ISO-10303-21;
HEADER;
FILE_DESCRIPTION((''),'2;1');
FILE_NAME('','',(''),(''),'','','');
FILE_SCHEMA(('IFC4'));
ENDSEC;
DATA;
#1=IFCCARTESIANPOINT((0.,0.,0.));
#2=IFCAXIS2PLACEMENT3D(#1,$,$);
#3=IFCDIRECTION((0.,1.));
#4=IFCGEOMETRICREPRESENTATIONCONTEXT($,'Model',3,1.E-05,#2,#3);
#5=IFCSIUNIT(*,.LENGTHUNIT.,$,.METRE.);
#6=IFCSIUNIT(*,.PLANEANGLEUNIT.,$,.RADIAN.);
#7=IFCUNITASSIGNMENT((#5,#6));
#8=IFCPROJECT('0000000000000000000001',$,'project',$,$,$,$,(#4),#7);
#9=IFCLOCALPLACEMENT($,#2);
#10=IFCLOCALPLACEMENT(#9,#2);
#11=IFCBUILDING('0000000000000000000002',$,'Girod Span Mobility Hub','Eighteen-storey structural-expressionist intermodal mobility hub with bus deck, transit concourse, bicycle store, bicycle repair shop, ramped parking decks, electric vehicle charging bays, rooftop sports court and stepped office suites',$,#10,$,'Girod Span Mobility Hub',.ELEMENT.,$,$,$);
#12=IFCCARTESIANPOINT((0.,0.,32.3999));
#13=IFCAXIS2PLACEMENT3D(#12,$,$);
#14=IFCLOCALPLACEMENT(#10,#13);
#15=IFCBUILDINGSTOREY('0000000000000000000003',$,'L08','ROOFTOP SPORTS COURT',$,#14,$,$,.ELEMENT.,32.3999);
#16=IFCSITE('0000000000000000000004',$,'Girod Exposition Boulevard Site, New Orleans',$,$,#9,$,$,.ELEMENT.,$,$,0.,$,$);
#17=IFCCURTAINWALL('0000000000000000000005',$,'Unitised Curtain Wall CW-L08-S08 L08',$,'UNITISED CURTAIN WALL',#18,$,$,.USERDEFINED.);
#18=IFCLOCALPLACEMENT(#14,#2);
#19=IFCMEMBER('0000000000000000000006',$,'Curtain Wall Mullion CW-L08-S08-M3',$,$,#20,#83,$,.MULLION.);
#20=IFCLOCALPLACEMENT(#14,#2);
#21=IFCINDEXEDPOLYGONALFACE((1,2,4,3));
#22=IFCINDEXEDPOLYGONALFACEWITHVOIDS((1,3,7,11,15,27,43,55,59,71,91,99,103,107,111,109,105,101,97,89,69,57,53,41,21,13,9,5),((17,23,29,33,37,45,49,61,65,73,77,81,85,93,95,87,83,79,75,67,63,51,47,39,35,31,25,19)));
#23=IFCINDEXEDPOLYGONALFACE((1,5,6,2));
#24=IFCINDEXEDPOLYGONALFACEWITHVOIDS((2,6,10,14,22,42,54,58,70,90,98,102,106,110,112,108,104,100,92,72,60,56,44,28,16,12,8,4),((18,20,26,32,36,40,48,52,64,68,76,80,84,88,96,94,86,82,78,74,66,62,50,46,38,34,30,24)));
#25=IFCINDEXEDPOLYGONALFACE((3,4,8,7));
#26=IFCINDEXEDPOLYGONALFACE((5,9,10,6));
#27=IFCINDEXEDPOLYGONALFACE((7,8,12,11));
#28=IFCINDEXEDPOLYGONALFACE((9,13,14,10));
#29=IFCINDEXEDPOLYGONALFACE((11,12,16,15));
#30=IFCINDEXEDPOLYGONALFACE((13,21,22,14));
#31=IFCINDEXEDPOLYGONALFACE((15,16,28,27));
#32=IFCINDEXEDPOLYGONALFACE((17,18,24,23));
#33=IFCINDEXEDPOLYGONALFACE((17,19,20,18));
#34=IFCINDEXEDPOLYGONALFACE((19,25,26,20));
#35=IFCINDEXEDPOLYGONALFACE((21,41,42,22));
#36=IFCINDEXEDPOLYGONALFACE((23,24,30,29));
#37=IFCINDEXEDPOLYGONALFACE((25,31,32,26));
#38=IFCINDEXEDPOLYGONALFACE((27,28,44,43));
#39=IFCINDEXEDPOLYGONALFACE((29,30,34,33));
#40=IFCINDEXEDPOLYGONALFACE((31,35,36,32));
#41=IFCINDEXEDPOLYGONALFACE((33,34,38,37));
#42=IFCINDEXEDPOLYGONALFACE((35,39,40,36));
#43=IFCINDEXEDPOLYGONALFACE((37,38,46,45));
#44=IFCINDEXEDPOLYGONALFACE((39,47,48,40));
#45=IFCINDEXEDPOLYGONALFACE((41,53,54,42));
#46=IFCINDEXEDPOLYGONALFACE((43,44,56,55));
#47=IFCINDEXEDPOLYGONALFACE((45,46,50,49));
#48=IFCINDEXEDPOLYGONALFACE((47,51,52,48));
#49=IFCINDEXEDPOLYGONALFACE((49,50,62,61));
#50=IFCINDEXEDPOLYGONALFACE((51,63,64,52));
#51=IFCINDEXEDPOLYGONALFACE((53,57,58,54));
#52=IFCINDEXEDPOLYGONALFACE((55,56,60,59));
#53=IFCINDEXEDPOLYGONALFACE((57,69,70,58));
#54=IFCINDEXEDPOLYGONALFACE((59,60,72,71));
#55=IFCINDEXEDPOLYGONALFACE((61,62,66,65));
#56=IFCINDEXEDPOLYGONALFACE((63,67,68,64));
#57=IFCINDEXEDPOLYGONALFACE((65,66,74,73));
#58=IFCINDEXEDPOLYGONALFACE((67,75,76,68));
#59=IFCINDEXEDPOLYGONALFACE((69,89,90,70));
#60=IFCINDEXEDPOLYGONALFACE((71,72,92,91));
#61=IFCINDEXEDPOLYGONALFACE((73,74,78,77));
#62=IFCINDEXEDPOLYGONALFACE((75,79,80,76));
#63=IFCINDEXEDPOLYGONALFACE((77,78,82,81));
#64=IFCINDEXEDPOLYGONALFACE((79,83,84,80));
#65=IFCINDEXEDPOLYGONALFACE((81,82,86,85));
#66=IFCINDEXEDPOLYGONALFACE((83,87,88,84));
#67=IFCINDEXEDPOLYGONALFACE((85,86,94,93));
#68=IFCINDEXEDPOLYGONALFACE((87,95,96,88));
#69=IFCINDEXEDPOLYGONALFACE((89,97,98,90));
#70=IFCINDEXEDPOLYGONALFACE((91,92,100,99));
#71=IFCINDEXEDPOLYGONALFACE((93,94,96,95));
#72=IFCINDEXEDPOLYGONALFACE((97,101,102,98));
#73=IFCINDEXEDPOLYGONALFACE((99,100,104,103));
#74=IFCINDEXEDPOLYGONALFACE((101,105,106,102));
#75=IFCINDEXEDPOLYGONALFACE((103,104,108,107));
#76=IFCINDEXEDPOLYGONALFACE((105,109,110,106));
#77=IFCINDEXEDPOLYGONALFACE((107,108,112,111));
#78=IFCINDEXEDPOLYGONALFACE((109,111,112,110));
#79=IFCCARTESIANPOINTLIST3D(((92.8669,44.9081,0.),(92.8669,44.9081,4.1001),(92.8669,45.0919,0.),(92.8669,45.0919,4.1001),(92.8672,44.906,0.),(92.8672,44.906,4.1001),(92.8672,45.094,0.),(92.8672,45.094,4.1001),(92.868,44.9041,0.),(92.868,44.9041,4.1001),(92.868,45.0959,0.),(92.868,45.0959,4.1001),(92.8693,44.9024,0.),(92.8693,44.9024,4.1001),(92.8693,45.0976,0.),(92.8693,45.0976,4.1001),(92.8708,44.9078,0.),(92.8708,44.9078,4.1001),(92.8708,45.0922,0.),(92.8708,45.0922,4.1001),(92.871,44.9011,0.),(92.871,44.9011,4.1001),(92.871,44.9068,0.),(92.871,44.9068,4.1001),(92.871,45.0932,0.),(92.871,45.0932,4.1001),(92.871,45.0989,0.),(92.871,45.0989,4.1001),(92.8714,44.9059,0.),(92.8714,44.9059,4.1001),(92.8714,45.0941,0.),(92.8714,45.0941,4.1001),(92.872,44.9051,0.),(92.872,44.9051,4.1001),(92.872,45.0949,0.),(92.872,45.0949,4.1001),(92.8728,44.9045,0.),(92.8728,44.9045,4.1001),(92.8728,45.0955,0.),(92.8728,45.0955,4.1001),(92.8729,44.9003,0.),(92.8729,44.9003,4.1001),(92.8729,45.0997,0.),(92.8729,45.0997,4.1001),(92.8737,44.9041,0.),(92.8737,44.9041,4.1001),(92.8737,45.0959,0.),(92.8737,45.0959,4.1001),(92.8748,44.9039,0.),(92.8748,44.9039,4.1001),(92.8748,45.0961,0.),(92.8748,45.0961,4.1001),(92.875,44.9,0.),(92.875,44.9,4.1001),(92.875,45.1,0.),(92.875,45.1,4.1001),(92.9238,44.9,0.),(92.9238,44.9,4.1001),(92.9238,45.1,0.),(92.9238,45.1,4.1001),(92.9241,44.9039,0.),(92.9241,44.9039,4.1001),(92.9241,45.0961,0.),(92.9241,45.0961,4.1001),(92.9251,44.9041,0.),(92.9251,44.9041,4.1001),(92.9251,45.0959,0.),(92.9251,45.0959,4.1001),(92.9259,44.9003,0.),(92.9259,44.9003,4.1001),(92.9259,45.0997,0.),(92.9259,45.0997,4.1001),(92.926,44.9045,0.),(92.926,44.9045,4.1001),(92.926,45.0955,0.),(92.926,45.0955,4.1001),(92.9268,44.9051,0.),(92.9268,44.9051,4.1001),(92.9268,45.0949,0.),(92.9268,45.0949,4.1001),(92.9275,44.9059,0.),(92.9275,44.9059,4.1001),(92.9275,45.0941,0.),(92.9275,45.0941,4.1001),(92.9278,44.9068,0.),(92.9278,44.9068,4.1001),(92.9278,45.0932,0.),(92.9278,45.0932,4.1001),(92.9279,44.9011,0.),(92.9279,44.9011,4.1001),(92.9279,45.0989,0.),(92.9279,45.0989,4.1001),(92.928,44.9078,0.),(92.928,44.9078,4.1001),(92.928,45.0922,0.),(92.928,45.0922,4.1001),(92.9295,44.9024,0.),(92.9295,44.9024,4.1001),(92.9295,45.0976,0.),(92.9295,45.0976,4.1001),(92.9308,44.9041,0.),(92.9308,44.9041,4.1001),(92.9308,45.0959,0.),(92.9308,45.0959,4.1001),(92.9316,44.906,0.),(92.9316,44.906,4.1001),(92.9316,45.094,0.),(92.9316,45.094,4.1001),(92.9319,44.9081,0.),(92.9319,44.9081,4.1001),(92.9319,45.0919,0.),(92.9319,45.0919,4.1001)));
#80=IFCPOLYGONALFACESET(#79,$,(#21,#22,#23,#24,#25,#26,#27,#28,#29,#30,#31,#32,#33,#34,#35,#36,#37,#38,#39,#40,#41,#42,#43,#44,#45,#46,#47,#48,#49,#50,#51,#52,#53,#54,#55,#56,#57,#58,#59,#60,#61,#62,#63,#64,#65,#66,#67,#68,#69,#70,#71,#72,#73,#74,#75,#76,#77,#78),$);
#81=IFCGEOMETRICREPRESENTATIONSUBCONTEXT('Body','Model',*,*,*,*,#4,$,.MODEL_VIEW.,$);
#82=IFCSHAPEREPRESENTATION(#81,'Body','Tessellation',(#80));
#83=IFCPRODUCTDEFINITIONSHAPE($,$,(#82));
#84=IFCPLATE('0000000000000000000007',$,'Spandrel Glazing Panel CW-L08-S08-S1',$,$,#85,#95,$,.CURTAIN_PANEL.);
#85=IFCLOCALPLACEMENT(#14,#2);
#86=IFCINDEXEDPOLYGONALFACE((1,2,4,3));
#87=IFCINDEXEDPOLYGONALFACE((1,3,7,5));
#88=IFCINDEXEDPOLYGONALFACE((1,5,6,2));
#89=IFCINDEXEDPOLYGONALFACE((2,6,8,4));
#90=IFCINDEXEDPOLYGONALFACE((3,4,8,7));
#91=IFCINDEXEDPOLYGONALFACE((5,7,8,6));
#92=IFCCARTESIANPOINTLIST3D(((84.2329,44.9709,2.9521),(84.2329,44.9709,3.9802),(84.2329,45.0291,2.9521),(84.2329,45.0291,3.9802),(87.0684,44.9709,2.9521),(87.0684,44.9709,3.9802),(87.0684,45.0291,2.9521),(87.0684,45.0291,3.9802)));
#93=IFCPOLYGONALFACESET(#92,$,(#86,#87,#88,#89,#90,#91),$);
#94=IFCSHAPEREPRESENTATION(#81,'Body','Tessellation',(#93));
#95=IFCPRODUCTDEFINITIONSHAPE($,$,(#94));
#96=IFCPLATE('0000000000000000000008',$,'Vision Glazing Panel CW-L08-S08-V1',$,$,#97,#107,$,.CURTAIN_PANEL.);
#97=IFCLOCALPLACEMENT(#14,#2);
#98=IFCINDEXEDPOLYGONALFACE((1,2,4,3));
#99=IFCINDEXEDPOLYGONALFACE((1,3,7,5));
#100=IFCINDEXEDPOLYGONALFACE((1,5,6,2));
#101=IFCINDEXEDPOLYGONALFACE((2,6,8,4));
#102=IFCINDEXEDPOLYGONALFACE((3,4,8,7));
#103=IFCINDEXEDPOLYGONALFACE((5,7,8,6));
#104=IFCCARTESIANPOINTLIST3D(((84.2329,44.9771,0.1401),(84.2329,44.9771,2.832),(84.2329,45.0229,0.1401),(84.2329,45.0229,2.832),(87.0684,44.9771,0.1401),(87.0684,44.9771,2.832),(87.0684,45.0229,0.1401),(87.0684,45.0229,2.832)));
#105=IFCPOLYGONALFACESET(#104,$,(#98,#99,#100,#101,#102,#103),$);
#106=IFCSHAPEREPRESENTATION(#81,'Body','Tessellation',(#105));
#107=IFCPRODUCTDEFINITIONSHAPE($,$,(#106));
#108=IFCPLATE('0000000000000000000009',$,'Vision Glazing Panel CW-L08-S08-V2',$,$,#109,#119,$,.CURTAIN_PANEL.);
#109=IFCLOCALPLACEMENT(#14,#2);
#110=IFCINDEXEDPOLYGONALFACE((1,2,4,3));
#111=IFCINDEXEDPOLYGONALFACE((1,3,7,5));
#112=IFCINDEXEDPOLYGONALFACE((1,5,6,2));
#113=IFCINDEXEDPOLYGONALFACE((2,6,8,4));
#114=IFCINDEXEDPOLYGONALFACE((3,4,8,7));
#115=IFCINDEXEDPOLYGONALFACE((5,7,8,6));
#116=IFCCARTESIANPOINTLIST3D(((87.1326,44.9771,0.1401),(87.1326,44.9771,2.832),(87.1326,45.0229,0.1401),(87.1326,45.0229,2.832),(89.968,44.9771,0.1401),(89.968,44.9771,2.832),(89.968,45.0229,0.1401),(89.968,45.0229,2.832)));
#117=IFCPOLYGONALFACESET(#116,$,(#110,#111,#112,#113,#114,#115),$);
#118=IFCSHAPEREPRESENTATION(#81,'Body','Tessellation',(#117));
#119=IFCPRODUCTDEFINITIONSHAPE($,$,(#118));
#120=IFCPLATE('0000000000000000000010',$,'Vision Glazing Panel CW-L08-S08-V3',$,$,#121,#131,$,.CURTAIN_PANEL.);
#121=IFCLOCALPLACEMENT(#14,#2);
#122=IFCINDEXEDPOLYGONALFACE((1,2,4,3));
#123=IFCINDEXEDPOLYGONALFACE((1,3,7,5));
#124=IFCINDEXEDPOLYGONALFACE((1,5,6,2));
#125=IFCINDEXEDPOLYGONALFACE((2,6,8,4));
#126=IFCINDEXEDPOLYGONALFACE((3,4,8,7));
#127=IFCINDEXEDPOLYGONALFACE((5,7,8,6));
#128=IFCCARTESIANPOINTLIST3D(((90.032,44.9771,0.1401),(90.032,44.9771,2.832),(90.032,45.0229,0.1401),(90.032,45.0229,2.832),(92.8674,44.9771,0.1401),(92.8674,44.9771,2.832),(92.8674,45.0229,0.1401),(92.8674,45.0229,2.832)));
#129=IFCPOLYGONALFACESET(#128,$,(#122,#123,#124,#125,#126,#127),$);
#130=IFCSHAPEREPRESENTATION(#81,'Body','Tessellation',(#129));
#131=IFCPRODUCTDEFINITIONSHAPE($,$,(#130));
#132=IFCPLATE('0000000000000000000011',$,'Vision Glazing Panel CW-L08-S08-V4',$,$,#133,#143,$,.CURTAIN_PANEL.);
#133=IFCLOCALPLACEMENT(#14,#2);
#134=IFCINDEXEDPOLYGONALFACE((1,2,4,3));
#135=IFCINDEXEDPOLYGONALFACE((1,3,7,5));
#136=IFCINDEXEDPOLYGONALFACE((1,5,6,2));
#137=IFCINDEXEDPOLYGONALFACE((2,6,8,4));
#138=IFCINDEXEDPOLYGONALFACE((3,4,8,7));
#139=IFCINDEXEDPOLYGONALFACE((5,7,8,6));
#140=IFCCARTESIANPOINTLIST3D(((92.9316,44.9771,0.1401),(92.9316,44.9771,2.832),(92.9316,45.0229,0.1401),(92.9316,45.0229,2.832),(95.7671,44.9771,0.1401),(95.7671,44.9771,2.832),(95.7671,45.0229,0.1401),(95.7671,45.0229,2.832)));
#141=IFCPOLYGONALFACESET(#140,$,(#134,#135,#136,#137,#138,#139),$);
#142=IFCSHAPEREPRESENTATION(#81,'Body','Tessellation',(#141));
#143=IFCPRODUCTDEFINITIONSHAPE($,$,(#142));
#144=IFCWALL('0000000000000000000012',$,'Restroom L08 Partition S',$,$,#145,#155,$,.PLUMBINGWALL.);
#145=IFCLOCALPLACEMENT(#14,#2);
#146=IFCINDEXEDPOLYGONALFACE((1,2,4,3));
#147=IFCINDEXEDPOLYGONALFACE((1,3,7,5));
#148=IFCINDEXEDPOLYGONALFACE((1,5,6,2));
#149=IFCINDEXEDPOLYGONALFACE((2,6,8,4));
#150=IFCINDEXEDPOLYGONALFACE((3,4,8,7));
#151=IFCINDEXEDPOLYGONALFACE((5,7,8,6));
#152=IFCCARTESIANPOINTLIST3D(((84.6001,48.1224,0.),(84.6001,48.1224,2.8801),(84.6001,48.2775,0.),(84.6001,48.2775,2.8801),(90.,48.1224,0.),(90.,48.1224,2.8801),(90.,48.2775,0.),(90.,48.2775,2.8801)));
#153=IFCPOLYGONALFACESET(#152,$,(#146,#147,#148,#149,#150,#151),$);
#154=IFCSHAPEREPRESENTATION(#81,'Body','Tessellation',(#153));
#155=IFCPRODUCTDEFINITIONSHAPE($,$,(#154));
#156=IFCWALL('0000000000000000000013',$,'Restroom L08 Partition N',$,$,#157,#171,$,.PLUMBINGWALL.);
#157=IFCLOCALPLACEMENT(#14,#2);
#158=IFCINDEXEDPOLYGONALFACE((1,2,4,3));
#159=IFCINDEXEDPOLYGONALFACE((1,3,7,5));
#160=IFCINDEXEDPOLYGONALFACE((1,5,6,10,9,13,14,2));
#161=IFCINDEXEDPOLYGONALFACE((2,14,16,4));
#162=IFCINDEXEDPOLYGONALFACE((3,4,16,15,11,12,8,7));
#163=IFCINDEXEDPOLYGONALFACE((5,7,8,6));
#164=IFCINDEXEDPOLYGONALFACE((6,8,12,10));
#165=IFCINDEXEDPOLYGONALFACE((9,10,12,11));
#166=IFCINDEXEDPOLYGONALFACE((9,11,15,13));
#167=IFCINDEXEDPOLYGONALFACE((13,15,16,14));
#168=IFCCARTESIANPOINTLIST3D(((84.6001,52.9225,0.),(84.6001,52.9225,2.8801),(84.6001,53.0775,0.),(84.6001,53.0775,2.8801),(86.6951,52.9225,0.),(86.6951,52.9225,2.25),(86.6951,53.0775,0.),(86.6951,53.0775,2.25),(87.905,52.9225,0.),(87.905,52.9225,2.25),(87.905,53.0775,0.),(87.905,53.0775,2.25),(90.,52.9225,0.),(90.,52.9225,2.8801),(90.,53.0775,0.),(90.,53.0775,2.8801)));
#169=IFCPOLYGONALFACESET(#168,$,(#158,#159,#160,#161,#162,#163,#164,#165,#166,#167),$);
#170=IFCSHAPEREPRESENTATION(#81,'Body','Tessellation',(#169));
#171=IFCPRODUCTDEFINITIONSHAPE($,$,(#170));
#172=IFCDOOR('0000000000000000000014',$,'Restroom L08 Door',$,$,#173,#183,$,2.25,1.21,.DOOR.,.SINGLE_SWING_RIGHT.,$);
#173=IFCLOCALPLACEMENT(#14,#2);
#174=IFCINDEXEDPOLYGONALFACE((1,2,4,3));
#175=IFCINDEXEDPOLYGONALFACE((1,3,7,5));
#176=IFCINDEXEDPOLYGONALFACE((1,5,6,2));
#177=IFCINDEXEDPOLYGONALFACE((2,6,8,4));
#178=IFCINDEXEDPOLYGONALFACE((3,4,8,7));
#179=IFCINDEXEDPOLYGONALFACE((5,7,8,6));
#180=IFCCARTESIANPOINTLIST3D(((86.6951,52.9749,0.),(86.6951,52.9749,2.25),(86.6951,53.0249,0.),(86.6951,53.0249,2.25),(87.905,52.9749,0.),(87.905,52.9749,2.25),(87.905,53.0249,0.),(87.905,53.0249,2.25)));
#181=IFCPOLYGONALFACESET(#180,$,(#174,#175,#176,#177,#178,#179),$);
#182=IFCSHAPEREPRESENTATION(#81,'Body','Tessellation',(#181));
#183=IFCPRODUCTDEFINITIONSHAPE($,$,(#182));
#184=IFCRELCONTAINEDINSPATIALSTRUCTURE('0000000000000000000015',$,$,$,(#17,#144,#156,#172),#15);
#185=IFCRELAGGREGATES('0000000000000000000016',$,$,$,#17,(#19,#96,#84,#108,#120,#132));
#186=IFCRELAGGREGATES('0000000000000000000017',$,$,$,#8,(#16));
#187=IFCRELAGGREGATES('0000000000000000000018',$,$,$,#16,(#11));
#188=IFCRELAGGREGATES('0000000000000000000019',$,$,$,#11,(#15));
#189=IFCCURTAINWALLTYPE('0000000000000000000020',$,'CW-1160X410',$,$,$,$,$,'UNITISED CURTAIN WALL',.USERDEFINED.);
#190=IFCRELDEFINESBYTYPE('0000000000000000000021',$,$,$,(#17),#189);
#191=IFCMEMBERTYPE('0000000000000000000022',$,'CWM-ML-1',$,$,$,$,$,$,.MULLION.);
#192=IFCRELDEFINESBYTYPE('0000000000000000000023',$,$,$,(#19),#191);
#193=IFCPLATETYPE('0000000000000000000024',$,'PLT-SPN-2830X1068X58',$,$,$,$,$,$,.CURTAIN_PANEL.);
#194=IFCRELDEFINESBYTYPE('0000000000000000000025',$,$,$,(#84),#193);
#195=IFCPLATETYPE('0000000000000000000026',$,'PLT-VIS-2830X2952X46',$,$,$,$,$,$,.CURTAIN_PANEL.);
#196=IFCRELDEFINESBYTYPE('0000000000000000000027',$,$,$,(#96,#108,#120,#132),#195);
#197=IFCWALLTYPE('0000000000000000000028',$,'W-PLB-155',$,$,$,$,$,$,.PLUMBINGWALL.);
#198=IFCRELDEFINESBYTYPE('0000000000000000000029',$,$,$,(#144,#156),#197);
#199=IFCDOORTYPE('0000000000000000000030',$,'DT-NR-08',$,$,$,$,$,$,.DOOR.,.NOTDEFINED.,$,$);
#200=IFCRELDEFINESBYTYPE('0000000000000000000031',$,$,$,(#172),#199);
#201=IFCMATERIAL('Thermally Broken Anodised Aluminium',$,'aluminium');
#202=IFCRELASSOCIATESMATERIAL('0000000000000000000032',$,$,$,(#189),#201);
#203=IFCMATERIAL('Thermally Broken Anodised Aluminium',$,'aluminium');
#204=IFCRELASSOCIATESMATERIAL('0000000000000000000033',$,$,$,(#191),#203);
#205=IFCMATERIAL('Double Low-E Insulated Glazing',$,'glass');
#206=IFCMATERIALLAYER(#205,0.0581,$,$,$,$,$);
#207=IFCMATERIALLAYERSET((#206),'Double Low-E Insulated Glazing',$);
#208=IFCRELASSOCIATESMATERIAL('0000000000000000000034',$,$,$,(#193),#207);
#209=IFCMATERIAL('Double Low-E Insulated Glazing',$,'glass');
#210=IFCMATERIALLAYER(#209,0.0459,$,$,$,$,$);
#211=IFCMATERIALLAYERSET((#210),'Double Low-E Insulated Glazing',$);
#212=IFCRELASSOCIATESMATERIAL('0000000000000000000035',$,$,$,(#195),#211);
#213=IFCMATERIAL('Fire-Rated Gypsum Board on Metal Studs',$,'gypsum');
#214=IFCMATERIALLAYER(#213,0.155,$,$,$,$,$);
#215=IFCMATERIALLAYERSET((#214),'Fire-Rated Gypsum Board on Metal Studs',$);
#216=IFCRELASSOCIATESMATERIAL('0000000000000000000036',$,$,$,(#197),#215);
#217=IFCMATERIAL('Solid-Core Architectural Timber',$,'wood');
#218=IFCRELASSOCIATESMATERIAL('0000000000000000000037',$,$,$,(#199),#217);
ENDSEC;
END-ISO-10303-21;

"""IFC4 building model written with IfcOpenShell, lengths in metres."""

from ifc_helpers import new_model, si_unit, direction, frame, frame_2d, origin, origin_2d, place, context, subcontext, project, spatial, rectangle, hollow_rectangle, extrude, material, layer, layer_set, material_profile, profile_set, type_object, element, fill, aggregate, save


model = new_model("IFC4")

# Units and contexts
model_context = context("Model", 3, precision=1e-05, world=origin(), true_north=direction((0.0, 1.0)))
body_context = subcontext(model_context, "Body", "Model", "MODEL_VIEW")
ifc_project = project(units=[si_unit("LENGTHUNIT", "METRE"), si_unit("PLANEANGLEUNIT", "RADIAN")], contexts=[model_context])

# Site, building, storey
site_placement = place(None, origin())
site = spatial("IfcSite", under=ifc_project, at=site_placement, Name="Girod Exposition Boulevard Site, New Orleans", CompositionType="ELEMENT", RefElevation=0.0)
building_placement = place(site_placement, origin())
building = spatial("IfcBuilding", under=site, at=building_placement, Name="Girod Span Mobility Hub", Description="Eighteen-storey structural-expressionist intermodal mobility hub with bus deck, transit concourse, bicycle store, bicycle repair shop, ramped parking decks, electric vehicle charging bays, rooftop sports court and stepped office suites", LongName="Girod Span Mobility Hub", CompositionType="ELEMENT")
storey_placement = place(building_placement, frame((0.0, 0.0, 32.3999)))
storey = spatial("IfcBuildingStorey", under=building, at=storey_placement, Name="L08", Description="ROOFTOP SPORTS COURT", CompositionType="ELEMENT", Elevation=32.3999)

# Curtain wall, member, plates
ifc_material_1 = material(Name="Thermally Broken Anodised Aluminium", Category="aluminium")
curtain_wall_type = type_object("IfcCurtainWallType", Name="CW-1160X410", ElementType="UNITISED CURTAIN WALL", PredefinedType="USERDEFINED", material=ifc_material_1)
curtain_wall_placement = place(storey_placement, origin())
curtain_wall = element("IfcCurtainWall", 1, at=curtain_wall_placement, inside=storey, type_object=curtain_wall_type, Name="Unitised Curtain Wall CW-L08-S08 L08", ObjectType="UNITISED CURTAIN WALL", PredefinedType="USERDEFINED")
ifc_material_2 = material(Name="Thermally Broken Anodised Aluminium", Category="aluminium")
ifc_material_profile_1 = material_profile(ifc_material_2, hollow_rectangle(XDim=0.2, YDim=0.0649, WallThickness=0.0039, InnerFilletRadius=0.0039, OuterFilletRadius=0.0081, at=origin_2d()), Name="CW-ML-65X200")
ifc_profile_set_1 = profile_set([ifc_material_profile_1], Name="Thermally Broken Anodised Aluminium")
member_type = type_object("IfcMemberType", Name="CWM-ML-1", PredefinedType="MULLION", material=ifc_profile_set_1)
member_1_placement = place(storey_placement, frame((92.8994, 45.0, 0.0), z_axis=(0.0, 0.0, 1.0), x_axis=(0.0, 1.0, 0.0)))
member_1 = element("IfcMember", 2, at=member_1_placement, type_object=member_type, Name="Curtain Wall Mullion CW-L08-S08-M3", PredefinedType="MULLION", context=body_context, shape_type="SweptSolid", body=[
    extrude(hollow_rectangle(XDim=0.2, YDim=0.0649, WallThickness=0.0039, InnerFilletRadius=0.0039, OuterFilletRadius=0.0081, at=origin_2d()), origin(), (0.0, 0.0, 1.0), 4.1001),
])
ifc_material_3 = material(Name="Double Low-E Insulated Glazing", Category="glass")
ifc_layer_1 = layer(ifc_material_3, 0.0581)
ifc_layer_set_1 = layer_set([ifc_layer_1], Name="Double Low-E Insulated Glazing")
plate_type_1 = type_object("IfcPlateType", Name="PLT-SPN-2830X1068X58", PredefinedType="CURTAIN_PANEL", material=ifc_layer_set_1)
plate_1_placement = place(storey_placement, frame((85.6506, 45.0, 2.9521), z_axis=(0.0, 0.0, 1.0), x_axis=(1.0, 0.0, 0.0)))
plate_1 = element("IfcPlate", 3, at=plate_1_placement, type_object=plate_type_1, Name="Spandrel Glazing Panel CW-L08-S08-S1", PredefinedType="CURTAIN_PANEL", context=body_context, shape_type="SweptSolid", body=[
    extrude(rectangle(XDim=2.8354, YDim=0.0581, at=origin_2d()), origin(), (0.0, 0.0, 1.0), 1.0281),
])
ifc_material_4 = material(Name="Double Low-E Insulated Glazing", Category="glass")
ifc_layer_2 = layer(ifc_material_4, 0.0459)
ifc_layer_set_2 = layer_set([ifc_layer_2], Name="Double Low-E Insulated Glazing")
plate_type_2 = type_object("IfcPlateType", Name="PLT-VIS-2830X2952X46", PredefinedType="CURTAIN_PANEL", material=ifc_layer_set_2)
plate_2_placement = place(storey_placement, frame((85.6506, 45.0, 0.1401), z_axis=(0.0, 0.0, 1.0), x_axis=(1.0, 0.0, 0.0)))
plate_2 = element("IfcPlate", 4, at=plate_2_placement, type_object=plate_type_2, Name="Vision Glazing Panel CW-L08-S08-V1", PredefinedType="CURTAIN_PANEL", context=body_context, shape_type="SweptSolid", body=[
    extrude(rectangle(XDim=2.8354, YDim=0.0459, at=origin_2d()), origin(), (0.0, 0.0, 1.0), 2.6919),
])
plate_3_placement = place(storey_placement, frame((88.5503, 45.0, 0.1401), z_axis=(0.0, 0.0, 1.0), x_axis=(1.0, 0.0, 0.0)))
plate_3 = element("IfcPlate", 5, at=plate_3_placement, type_object=plate_type_2, Name="Vision Glazing Panel CW-L08-S08-V2", PredefinedType="CURTAIN_PANEL", context=body_context, shape_type="SweptSolid", body=[
    extrude(rectangle(XDim=2.8354, YDim=0.0459, at=origin_2d()), origin(), (0.0, 0.0, 1.0), 2.6919),
])
plate_4_placement = place(storey_placement, frame((91.4497, 45.0, 0.1401), z_axis=(0.0, 0.0, 1.0), x_axis=(1.0, 0.0, 0.0)))
plate_4 = element("IfcPlate", 6, at=plate_4_placement, type_object=plate_type_2, Name="Vision Glazing Panel CW-L08-S08-V3", PredefinedType="CURTAIN_PANEL", context=body_context, shape_type="SweptSolid", body=[
    extrude(rectangle(XDim=2.8354, YDim=0.0459, at=origin_2d()), origin(), (0.0, 0.0, 1.0), 2.6919),
])
plate_5_placement = place(storey_placement, frame((94.3494, 45.0, 0.1401), z_axis=(0.0, 0.0, 1.0), x_axis=(1.0, 0.0, 0.0)))
plate_5 = element("IfcPlate", 7, at=plate_5_placement, type_object=plate_type_2, Name="Vision Glazing Panel CW-L08-S08-V4", PredefinedType="CURTAIN_PANEL", context=body_context, shape_type="SweptSolid", body=[
    extrude(rectangle(XDim=2.8354, YDim=0.0459, at=origin_2d()), origin(), (0.0, 0.0, 1.0), 2.6919),
])
aggregate(curtain_wall, [member_1, plate_2, plate_1, plate_3, plate_4, plate_5])

# Wall
ifc_material_5 = material(Name="Fire-Rated Gypsum Board on Metal Studs", Category="gypsum")
ifc_layer_3 = layer(ifc_material_5, 0.155)
ifc_layer_set_3 = layer_set([ifc_layer_3], Name="Fire-Rated Gypsum Board on Metal Studs")
wall_type = type_object("IfcWallType", Name="W-PLB-155", PredefinedType="PLUMBINGWALL", material=ifc_layer_set_3)
wall_1_placement = place(storey_placement, frame((84.6001, 48.2, 0.0), z_axis=(0.0, 0.0, 1.0), x_axis=(1.0, 0.0, 0.0)))
element("IfcWall", 8, at=wall_1_placement, inside=storey, type_object=wall_type, Name="Restroom L08 Partition S", PredefinedType="PLUMBINGWALL", context=body_context, shape_type="SweptSolid", body=[
    extrude(rectangle(XDim=5.3999, YDim=0.155, at=frame_2d((2.7, 0.0))), origin(), (0.0, 0.0, 1.0), 2.8801),
])

# Wall, opening, door
wall_2_placement = place(storey_placement, frame((84.6001, 53.0, 0.0), z_axis=(0.0, 0.0, 1.0), x_axis=(1.0, 0.0, 0.0)))
wall_2 = element("IfcWall", 9, at=wall_2_placement, inside=storey, type_object=wall_type, Name="Restroom L08 Partition N", PredefinedType="PLUMBINGWALL", context=body_context, shape_type="SweptSolid", body=[
    extrude(rectangle(XDim=5.3999, YDim=0.155, at=frame_2d((2.7, 0.0))), origin(), (0.0, 0.0, 1.0), 2.8801),
])
opening_1_placement = place(wall_2_placement, frame((2.095, 0.0, 0.0)))
opening_1 = element("IfcOpeningElement", 10, at=opening_1_placement, cuts=wall_2, PredefinedType="OPENING", context=body_context, shape_type="SweptSolid", body=[
    extrude(rectangle(XDim=1.21, YDim=2.25, at=frame_2d((0.605, 1.125))), frame((0.0, 0.0925, 0.0), z_axis=(0.0, -1.0, 0.0), x_axis=(1.0, 0.0, 0.0)), (0.0, 0.0, 1.0), 0.1851),
])
ifc_material_6 = material(Name="Solid-Core Architectural Timber", Category="wood")
door_type_1 = type_object("IfcDoorType", Name="DT-NR-08", OperationType="NOTDEFINED", PredefinedType="DOOR", material=ifc_material_6)
door_1_placement = place(opening_1_placement, origin())
door_1 = element("IfcDoor", 11, at=door_1_placement, inside=storey, type_object=door_type_1, Name="Restroom L08 Door", OperationType="SINGLE_SWING_RIGHT", OverallHeight=2.25, OverallWidth=1.21, PredefinedType="DOOR", context=body_context, shape_type="SweptSolid", body=[
    extrude(rectangle(XDim=1.21, YDim=2.25, at=frame_2d((0.605, 1.125))), frame((0.0, 0.0249, 0.0), z_axis=(0.0, -1.0, 0.0), x_axis=(1.0, 0.0, 0.0)), (0.0, 0.0, 1.0), 0.05),
])
fill(opening_1, door_1)

save(model, "model.ifc")
